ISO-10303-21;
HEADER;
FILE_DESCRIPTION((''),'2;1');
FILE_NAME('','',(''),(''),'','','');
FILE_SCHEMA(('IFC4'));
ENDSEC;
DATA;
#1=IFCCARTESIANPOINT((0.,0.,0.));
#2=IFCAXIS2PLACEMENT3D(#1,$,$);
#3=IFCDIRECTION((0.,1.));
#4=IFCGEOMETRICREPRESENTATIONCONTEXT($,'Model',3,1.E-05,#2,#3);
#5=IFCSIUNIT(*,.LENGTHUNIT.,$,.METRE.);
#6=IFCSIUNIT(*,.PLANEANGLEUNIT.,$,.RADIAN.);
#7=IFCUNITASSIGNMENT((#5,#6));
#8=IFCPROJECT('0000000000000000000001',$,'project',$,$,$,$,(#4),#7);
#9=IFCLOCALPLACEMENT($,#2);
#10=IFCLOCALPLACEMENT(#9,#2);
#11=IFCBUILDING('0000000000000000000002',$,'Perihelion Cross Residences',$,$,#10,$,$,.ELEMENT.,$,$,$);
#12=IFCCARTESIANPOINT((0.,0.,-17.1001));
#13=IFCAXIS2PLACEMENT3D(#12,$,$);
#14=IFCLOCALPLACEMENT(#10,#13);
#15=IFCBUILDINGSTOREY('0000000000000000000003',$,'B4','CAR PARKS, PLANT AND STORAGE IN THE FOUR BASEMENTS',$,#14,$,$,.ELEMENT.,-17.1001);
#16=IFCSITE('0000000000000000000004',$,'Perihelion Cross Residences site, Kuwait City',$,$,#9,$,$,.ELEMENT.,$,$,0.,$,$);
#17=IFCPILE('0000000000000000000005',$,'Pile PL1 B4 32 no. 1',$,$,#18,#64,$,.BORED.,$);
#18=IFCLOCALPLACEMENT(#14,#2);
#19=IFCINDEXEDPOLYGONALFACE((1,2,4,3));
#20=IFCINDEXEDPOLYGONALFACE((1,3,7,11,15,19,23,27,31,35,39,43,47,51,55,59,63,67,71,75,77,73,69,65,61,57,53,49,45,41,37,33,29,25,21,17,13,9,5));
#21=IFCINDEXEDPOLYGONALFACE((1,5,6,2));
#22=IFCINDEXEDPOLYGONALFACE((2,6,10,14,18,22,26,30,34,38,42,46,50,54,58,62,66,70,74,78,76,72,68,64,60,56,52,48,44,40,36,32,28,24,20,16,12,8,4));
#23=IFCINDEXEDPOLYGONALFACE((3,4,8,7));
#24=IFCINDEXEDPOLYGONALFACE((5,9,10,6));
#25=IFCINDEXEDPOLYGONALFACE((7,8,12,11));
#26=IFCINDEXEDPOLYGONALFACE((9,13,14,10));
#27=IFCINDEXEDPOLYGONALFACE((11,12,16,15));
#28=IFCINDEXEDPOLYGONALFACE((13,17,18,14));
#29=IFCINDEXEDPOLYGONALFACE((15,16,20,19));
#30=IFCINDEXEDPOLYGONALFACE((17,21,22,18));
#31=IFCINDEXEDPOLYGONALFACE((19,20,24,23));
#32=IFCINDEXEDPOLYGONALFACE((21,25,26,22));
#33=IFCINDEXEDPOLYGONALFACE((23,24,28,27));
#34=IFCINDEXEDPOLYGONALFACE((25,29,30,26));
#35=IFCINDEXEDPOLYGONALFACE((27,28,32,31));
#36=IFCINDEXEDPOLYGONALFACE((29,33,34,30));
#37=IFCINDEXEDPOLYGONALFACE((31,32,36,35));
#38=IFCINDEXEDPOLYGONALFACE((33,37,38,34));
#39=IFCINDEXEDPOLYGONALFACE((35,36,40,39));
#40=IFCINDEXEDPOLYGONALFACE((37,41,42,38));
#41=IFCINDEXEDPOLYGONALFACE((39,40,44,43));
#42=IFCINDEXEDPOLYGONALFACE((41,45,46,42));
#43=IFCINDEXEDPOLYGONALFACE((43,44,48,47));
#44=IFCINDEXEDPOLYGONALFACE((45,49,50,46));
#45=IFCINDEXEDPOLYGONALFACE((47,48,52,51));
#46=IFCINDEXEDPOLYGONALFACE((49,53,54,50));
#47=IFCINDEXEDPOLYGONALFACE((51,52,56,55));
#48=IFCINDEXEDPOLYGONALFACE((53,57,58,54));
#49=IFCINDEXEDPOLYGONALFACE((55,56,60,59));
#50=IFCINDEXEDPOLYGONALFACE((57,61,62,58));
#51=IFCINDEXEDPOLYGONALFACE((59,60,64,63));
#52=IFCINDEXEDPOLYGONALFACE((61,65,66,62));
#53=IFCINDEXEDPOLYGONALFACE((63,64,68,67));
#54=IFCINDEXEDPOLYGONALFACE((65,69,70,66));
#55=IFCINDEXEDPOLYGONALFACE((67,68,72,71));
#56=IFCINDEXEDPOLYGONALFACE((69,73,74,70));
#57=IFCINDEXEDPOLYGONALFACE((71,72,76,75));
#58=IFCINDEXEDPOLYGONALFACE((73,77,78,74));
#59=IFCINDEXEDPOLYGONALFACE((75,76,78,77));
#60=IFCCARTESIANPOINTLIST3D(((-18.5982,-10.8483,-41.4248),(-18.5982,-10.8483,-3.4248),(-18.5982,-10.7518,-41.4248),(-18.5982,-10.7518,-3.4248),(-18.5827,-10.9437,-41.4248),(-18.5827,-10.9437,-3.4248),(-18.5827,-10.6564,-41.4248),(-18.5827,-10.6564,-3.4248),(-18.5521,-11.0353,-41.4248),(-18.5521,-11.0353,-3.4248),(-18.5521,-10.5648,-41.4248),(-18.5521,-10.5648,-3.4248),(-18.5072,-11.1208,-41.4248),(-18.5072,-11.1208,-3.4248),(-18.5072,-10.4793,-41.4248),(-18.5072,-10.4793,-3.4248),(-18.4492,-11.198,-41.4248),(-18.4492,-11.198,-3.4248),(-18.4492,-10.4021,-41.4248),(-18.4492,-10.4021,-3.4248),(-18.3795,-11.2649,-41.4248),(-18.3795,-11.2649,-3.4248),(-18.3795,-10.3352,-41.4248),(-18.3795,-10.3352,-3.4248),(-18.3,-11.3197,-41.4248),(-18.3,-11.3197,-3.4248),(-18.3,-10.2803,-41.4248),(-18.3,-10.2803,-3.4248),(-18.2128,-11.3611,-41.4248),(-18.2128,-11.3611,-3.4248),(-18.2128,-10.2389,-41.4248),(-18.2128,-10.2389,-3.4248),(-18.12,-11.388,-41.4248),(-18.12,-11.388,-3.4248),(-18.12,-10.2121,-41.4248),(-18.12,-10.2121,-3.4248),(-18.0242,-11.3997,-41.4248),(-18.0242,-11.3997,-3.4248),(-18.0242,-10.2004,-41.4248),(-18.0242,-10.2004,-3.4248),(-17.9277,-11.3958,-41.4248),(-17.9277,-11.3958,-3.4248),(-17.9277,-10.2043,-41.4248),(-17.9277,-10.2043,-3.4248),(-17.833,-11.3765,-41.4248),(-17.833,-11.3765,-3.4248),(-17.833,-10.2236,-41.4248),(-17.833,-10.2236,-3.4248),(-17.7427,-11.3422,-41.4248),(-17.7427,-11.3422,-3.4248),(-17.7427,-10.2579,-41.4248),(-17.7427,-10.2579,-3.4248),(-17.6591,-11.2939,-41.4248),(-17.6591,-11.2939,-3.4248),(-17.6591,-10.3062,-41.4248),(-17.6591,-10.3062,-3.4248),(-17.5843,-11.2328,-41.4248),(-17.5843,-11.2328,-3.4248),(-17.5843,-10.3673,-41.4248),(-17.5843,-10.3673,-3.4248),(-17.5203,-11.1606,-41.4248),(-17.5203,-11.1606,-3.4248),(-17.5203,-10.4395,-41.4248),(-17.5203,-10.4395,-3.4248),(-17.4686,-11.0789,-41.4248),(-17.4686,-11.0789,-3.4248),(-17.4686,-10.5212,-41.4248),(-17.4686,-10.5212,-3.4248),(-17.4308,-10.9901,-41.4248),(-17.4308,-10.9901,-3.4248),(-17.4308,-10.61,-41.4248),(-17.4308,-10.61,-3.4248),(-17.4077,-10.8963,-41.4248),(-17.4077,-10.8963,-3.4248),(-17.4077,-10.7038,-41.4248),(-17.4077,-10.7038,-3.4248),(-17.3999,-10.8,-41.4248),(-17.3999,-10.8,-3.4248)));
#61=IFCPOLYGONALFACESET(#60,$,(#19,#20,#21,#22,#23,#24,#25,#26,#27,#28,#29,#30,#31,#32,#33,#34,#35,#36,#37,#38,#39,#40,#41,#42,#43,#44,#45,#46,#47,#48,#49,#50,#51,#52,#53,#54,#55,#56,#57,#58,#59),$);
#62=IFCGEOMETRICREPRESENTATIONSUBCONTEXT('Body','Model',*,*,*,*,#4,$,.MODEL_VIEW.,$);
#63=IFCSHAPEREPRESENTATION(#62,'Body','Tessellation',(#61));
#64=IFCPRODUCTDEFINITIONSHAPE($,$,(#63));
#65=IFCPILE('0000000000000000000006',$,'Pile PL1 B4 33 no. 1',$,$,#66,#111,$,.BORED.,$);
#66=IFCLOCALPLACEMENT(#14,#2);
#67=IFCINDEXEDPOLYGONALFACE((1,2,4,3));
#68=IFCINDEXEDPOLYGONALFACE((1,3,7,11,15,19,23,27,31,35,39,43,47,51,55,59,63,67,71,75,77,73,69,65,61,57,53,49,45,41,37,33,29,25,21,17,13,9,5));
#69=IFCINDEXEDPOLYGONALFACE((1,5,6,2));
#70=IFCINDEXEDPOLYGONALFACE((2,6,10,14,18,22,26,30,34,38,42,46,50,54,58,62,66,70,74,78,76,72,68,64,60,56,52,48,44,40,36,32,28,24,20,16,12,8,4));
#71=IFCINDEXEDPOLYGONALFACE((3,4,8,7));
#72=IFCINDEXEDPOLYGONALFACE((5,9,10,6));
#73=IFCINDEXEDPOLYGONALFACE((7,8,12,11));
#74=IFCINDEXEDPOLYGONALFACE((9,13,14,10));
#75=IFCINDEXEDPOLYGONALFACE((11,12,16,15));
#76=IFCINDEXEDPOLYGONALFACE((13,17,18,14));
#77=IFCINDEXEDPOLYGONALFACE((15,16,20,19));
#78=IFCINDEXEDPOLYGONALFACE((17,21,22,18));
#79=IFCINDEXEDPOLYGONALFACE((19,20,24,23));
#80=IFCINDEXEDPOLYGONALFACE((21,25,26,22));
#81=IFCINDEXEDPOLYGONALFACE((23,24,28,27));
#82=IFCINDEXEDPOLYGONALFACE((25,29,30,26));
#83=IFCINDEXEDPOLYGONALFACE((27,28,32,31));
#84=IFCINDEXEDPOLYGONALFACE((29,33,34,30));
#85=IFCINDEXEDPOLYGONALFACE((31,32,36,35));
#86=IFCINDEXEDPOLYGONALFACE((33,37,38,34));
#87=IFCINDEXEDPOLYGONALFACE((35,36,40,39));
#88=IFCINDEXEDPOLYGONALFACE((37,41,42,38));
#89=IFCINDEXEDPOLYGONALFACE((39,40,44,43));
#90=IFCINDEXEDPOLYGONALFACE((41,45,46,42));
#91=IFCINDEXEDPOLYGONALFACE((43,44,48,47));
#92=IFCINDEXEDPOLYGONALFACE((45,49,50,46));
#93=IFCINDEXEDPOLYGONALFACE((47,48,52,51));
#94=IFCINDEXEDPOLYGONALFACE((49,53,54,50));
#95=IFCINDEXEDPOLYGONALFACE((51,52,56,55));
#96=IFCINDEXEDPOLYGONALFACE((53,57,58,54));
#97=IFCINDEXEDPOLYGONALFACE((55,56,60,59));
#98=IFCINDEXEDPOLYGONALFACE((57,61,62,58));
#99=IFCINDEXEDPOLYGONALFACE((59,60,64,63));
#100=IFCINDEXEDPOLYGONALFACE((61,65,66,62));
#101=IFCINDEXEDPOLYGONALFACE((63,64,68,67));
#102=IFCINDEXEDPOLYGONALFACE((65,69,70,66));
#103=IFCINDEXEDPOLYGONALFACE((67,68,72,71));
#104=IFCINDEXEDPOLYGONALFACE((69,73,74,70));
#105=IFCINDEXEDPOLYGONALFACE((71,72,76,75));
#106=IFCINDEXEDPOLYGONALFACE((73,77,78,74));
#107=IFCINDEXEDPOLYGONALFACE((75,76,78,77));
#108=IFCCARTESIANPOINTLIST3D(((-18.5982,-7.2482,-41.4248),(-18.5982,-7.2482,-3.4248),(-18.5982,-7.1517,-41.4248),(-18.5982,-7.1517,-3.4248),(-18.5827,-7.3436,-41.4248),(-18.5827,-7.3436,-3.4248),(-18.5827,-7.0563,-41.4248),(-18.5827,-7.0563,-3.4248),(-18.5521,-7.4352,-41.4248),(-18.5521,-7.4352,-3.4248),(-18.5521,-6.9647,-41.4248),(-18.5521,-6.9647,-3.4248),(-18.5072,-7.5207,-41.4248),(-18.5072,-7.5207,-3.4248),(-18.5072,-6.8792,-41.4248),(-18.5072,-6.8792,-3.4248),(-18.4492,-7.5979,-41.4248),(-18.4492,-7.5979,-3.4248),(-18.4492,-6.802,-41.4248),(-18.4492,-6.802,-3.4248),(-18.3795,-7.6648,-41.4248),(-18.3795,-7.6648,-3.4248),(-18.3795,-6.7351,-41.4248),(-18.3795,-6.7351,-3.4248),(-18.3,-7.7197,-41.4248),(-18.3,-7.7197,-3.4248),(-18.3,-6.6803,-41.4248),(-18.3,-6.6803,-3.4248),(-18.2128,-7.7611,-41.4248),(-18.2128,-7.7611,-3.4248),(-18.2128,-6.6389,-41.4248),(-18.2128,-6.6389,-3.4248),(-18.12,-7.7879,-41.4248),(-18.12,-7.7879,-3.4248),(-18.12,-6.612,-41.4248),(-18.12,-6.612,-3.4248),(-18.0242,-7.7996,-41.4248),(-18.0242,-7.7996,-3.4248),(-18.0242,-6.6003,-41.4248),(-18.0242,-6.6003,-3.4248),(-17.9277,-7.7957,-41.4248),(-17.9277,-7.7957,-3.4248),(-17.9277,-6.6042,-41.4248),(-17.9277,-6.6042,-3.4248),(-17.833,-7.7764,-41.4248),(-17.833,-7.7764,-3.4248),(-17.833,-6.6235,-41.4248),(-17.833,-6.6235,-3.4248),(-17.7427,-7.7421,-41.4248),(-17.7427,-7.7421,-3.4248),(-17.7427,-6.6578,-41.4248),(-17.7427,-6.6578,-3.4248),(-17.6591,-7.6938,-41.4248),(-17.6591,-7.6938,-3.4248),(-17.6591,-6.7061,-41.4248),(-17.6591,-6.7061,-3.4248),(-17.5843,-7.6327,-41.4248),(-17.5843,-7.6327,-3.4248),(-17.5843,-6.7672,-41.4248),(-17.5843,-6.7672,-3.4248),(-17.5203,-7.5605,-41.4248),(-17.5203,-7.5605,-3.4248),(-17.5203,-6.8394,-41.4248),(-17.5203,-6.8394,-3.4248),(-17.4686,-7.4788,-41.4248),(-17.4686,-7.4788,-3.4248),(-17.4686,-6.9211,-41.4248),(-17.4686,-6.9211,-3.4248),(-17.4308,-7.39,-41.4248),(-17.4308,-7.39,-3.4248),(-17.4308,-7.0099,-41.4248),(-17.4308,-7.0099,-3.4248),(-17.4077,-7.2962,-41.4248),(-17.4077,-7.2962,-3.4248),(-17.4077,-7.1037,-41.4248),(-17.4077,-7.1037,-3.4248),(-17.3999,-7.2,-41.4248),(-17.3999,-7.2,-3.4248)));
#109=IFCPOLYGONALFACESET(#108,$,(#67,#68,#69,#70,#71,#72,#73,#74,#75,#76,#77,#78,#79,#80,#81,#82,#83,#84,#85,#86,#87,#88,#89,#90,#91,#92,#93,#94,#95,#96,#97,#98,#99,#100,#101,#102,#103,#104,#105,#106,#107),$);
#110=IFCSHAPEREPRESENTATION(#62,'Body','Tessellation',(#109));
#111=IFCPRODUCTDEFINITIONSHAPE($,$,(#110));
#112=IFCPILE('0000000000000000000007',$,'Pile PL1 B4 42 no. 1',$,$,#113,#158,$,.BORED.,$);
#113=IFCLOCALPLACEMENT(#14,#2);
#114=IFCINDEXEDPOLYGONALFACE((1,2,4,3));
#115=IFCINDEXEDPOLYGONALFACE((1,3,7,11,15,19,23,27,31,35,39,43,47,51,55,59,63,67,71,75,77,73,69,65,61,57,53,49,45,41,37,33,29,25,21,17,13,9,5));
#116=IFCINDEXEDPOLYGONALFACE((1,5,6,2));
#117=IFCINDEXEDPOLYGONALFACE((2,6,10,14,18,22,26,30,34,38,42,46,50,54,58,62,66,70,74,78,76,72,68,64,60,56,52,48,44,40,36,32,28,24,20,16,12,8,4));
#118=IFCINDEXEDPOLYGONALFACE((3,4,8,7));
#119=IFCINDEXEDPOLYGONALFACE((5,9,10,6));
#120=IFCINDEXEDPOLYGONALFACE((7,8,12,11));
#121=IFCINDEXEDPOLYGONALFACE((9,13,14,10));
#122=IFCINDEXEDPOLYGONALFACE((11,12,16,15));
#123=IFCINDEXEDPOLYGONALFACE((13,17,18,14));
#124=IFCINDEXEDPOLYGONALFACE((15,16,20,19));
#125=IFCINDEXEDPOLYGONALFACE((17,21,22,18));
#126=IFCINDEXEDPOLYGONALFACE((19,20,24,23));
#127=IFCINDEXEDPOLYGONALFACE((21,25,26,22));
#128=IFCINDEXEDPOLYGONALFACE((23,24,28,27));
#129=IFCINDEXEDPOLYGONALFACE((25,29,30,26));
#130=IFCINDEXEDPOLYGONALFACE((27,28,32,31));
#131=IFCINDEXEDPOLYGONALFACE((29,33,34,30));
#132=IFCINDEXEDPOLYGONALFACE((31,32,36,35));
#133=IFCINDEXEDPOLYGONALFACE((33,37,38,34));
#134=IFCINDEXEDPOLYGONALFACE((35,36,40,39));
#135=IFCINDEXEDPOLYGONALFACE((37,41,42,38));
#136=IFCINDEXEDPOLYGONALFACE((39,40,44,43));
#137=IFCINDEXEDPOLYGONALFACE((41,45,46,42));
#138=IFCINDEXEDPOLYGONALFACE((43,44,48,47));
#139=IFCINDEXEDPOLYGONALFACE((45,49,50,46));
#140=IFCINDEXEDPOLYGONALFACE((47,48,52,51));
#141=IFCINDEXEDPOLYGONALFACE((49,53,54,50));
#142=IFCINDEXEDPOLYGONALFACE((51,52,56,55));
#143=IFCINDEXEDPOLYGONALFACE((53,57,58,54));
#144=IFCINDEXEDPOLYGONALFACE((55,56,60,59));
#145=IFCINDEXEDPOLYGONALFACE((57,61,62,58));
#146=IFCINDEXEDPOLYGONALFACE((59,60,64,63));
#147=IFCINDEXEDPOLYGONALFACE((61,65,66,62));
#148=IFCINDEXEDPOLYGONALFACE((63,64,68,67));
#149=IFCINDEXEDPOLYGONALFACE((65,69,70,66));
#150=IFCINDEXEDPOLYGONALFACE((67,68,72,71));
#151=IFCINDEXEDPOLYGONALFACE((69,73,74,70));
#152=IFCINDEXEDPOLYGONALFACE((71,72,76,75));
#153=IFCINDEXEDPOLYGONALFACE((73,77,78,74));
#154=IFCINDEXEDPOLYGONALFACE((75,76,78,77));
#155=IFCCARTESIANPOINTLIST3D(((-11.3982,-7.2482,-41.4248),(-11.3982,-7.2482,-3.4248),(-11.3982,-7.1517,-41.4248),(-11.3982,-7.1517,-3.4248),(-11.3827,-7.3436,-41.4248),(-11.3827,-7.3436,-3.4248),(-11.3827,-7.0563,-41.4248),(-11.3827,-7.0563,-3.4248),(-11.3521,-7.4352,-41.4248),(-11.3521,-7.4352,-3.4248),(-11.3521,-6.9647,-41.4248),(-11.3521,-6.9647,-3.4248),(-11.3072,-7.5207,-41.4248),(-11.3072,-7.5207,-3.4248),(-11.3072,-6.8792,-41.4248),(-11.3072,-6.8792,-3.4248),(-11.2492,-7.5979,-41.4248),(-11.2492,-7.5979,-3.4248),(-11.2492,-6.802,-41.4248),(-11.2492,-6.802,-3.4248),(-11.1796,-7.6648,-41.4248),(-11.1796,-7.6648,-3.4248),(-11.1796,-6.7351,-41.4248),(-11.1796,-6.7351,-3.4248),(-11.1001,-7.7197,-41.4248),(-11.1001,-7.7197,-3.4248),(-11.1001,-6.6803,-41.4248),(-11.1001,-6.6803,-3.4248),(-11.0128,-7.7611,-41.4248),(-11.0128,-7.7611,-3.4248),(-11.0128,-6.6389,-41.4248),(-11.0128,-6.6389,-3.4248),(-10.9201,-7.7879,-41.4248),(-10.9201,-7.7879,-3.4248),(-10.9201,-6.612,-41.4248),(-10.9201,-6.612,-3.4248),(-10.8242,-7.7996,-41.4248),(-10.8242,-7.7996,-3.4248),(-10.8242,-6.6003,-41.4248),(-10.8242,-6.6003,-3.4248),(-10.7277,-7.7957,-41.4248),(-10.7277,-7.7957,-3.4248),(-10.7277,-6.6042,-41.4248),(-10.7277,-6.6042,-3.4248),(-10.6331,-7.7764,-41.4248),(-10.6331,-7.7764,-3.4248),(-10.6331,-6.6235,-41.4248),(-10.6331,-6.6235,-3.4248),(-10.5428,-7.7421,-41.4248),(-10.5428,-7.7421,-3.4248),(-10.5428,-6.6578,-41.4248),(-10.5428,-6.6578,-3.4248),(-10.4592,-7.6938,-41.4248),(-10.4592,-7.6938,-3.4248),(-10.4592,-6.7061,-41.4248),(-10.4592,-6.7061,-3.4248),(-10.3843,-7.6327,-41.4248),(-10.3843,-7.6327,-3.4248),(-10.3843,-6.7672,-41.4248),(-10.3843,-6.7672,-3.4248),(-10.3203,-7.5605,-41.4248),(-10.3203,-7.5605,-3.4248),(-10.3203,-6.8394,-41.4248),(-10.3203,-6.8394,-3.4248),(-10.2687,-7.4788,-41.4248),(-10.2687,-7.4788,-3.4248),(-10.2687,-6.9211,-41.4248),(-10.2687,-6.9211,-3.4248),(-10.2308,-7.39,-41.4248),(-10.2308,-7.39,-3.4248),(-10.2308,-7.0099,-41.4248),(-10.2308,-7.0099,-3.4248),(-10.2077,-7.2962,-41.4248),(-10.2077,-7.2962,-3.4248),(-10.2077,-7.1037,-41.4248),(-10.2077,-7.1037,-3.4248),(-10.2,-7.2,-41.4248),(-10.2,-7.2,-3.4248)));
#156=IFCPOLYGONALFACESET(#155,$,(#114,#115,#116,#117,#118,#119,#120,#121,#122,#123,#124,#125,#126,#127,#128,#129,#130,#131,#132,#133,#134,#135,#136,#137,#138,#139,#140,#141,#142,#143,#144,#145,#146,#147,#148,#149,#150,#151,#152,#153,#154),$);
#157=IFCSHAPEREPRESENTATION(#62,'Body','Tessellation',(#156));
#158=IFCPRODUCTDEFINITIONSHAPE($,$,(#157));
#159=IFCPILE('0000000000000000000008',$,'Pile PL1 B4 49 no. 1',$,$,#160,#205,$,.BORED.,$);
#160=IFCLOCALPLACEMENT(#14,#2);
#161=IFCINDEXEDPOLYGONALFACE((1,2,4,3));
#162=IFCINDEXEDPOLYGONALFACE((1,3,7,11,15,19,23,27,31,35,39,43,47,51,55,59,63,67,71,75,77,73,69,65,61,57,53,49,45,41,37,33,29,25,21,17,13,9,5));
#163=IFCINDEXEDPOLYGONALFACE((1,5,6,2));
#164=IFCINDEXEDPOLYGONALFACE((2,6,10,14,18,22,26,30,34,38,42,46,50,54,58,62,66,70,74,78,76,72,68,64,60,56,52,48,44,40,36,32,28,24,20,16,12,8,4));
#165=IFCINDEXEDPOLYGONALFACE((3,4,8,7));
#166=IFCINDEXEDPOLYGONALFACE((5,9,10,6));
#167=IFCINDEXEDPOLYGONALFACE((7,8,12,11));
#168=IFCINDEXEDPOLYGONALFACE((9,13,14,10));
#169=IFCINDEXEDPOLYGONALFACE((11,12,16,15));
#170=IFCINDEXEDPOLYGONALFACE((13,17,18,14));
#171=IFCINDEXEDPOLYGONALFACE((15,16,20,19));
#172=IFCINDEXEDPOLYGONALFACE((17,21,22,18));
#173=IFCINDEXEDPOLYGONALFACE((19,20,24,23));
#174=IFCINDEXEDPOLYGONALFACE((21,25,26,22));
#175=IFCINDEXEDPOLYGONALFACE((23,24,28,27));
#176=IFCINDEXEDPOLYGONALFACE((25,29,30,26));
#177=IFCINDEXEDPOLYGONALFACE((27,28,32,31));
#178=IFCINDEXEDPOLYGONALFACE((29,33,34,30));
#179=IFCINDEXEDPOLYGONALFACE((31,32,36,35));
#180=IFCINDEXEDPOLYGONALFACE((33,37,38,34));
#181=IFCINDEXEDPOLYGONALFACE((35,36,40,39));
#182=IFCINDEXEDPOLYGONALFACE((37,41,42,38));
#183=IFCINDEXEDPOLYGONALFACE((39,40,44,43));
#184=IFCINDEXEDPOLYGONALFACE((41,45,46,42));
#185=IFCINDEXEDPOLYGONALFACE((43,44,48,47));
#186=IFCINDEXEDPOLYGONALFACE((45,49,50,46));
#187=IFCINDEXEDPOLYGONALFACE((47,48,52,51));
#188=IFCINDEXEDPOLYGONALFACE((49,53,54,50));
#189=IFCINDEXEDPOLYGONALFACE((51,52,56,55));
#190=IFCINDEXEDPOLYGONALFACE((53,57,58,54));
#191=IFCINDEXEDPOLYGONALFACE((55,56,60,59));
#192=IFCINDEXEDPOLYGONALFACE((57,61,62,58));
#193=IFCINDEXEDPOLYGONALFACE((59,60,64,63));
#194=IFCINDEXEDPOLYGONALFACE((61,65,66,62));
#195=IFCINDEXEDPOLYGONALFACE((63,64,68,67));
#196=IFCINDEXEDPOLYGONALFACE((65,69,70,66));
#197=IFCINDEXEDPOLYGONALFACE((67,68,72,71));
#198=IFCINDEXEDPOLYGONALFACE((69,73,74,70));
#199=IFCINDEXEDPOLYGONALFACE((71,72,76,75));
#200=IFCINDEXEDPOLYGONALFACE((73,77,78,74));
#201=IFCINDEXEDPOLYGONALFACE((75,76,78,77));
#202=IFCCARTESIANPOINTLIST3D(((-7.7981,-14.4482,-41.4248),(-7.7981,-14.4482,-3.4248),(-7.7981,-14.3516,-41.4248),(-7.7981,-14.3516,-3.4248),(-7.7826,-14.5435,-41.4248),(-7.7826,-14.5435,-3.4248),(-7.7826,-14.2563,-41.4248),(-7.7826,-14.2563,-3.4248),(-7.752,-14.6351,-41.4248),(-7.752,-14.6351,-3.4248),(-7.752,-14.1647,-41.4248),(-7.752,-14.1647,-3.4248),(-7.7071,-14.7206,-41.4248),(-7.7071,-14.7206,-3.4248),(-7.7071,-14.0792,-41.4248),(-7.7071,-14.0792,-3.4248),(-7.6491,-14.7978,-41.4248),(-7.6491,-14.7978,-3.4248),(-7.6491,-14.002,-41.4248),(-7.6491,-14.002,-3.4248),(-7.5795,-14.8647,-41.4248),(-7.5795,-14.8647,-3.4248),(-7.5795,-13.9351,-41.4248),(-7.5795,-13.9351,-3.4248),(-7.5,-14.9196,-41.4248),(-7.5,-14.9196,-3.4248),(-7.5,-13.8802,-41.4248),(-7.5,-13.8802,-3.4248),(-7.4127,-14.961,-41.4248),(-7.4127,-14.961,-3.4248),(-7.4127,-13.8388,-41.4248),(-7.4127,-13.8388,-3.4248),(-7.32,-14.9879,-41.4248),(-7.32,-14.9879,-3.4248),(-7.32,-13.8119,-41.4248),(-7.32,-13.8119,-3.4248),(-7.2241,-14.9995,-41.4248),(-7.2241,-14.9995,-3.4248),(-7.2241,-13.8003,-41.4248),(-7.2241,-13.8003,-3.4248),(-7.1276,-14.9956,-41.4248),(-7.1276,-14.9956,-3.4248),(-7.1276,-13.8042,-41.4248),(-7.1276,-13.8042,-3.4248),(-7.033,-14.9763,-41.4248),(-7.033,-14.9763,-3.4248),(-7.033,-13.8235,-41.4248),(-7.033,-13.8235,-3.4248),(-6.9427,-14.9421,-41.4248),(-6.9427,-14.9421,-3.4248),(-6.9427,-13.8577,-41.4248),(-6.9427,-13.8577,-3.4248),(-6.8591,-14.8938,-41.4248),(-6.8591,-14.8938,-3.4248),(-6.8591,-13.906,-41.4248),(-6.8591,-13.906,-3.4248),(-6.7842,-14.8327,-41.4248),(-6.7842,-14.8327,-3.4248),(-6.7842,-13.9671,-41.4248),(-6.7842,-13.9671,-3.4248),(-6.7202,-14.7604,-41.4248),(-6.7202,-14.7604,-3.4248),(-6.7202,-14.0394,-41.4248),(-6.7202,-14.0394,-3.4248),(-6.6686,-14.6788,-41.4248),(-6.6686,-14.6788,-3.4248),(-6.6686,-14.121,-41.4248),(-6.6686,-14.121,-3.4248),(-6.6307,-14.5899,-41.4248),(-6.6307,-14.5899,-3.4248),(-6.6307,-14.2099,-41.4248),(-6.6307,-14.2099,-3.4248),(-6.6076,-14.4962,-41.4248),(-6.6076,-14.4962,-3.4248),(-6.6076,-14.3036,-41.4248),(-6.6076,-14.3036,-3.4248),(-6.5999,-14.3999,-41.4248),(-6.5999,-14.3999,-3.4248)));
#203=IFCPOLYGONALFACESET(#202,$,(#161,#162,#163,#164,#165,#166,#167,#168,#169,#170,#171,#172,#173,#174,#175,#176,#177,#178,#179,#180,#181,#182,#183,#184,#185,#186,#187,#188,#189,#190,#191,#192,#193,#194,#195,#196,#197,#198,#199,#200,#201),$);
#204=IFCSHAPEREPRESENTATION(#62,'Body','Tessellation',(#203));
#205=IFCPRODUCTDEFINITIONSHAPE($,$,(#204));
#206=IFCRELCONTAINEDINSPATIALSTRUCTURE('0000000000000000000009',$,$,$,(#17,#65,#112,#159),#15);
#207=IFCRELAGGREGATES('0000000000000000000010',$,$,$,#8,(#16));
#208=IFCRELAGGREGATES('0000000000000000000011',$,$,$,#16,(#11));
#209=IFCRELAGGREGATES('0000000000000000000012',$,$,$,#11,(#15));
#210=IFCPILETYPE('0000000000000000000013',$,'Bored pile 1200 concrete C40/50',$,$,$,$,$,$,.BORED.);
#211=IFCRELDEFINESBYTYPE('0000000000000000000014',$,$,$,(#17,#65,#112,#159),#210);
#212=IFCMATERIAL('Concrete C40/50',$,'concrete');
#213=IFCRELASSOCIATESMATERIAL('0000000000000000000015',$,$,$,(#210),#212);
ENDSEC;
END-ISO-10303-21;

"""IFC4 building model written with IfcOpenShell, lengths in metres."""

from ifc_helpers import new_model, si_unit, direction, frame, origin, origin_2d, place, context, subcontext, project, spatial, circle, extrude, material, type_object, element, save


model = new_model("IFC4")

# Units and contexts
model_context = context("Model", 3, precision=1e-05, world=origin(), true_north=direction((0.0, 1.0)))
body_context = subcontext(model_context, "Body", "Model", "MODEL_VIEW")
ifc_project = project(units=[si_unit("LENGTHUNIT", "METRE"), si_unit("PLANEANGLEUNIT", "RADIAN")], contexts=[model_context])

# Site, building, storey
site_placement = place(None, origin())
site = spatial("IfcSite", under=ifc_project, at=site_placement, Name="Perihelion Cross Residences site, Kuwait City", CompositionType="ELEMENT", RefElevation=0.0)
building_placement = place(site_placement, origin())
building = spatial("IfcBuilding", under=site, at=building_placement, Name="Perihelion Cross Residences", CompositionType="ELEMENT")
storey_placement = place(building_placement, frame((0.0, 0.0, -17.1001)))
storey = spatial("IfcBuildingStorey", under=building, at=storey_placement, Name="B4", Description="CAR PARKS, PLANT AND STORAGE IN THE FOUR BASEMENTS", CompositionType="ELEMENT", Elevation=-17.1001)

# Piles
ifc_material_1 = material(Name="Concrete C40/50", Category="concrete")
pile_type = type_object("IfcPileType", Name="Bored pile 1200 concrete C40/50", PredefinedType="BORED", material=ifc_material_1)
for number, where, z_axis, x_axis, name in (
    (1, (-18.0, -10.8, -3.4248), (0.0, 0.0, -1.0), (1.0, 0.0, 0.0), "Pile PL1 B4 32 no. 1"),
    (2, (-18.0, -7.2, -3.4248), (0.0, 0.0, -1.0), (1.0, 0.0, 0.0), "Pile PL1 B4 33 no. 1"),
    (3, (-10.8, -7.2, -3.4248), (0.0, 0.0, -1.0), (1.0, 0.0, 0.0), "Pile PL1 B4 42 no. 1"),
    (4, (-7.2, -14.3999, -3.4248), (0.0, 0.0, -1.0), (1.0, 0.0, 0.0), "Pile PL1 B4 49 no. 1"),
):
    element("IfcPile", number, at=place(storey_placement, frame(where, z_axis=z_axis, x_axis=x_axis)), inside=storey, type_object=pile_type, Name=name, PredefinedType="BORED", context=body_context, shape_type="SweptSolid", body=[
        extrude(circle(Radius=0.6001, at=origin_2d()), origin(), (0.0, 0.0, 1.0), 38.0),
    ])

save(model, "model.ifc")
